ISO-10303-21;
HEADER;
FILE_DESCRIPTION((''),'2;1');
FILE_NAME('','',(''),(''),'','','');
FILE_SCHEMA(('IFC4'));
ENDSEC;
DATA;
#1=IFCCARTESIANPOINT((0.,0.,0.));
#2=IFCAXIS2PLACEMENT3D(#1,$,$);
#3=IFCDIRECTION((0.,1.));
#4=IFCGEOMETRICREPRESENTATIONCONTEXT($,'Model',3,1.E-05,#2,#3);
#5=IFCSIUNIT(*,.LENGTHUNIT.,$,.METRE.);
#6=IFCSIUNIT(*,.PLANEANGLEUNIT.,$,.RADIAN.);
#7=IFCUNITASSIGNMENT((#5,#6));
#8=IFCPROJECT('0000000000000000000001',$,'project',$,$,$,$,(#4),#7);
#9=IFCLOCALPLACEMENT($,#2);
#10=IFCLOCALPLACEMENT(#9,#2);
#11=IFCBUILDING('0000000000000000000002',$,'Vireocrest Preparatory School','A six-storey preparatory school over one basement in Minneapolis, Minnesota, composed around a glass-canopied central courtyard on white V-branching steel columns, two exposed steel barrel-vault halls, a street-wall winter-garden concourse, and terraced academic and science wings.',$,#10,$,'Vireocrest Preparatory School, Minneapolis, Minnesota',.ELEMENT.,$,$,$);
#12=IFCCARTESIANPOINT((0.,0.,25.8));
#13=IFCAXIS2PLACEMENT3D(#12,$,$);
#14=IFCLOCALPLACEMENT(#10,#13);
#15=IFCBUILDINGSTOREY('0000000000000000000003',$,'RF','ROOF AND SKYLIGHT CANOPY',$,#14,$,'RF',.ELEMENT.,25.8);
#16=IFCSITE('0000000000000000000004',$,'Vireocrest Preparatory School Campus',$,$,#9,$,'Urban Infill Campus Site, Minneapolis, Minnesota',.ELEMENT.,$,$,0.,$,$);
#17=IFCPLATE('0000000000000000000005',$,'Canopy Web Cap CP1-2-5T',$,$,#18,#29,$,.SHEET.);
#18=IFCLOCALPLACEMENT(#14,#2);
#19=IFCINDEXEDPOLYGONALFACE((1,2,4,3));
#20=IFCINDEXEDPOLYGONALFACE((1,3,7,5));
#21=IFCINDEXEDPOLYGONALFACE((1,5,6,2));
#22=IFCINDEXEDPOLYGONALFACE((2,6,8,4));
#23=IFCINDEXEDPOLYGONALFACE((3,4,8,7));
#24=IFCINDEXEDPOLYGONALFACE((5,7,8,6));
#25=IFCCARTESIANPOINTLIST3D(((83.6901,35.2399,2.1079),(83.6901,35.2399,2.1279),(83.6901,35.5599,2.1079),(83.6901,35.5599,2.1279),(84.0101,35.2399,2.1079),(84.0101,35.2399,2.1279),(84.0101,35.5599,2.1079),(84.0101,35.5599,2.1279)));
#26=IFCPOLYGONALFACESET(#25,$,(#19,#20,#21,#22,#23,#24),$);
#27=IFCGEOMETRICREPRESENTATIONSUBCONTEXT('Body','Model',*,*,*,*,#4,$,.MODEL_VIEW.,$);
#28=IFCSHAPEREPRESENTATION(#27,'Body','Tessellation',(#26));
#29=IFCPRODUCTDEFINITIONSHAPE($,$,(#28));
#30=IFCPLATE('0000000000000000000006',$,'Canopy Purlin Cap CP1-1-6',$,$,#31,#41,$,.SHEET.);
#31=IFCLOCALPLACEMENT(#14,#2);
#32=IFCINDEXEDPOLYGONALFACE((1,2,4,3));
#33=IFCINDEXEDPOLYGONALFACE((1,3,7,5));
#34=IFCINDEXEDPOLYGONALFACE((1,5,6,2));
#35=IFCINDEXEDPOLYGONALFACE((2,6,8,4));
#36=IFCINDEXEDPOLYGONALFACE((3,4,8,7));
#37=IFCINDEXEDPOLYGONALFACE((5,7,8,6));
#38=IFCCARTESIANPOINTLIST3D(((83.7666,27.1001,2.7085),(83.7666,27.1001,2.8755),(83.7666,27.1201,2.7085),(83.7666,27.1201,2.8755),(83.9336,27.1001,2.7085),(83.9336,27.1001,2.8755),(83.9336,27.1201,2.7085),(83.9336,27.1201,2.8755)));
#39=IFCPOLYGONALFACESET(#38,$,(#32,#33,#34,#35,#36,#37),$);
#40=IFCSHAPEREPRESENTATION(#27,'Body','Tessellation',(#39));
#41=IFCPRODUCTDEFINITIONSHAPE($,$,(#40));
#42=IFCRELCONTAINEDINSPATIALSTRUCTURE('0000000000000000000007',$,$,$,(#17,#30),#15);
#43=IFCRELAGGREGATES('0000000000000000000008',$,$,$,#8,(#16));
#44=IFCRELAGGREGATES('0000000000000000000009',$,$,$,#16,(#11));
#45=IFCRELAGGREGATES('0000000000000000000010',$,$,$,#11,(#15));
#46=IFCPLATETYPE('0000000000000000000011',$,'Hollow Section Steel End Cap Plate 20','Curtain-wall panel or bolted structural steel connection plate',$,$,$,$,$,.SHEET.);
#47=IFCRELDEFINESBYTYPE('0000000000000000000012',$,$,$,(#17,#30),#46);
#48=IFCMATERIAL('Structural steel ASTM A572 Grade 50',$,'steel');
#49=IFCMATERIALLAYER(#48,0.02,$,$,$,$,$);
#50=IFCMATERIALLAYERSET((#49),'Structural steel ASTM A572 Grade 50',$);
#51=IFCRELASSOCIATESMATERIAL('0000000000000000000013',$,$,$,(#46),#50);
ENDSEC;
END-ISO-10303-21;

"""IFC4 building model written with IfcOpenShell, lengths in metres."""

from ifc_helpers import new_model, si_unit, direction, frame, origin, origin_2d, place, context, subcontext, project, spatial, rectangle, extrude, material, layer, layer_set, type_object, element, save


model = new_model("IFC4")

# Units and contexts
model_context = context("Model", 3, precision=1e-05, world=origin(), true_north=direction((0.0, 1.0)))
body_context = subcontext(model_context, "Body", "Model", "MODEL_VIEW")
ifc_project = project(units=[si_unit("LENGTHUNIT", "METRE"), si_unit("PLANEANGLEUNIT", "RADIAN")], contexts=[model_context])

# Site, building, storey
site_placement = place(None, origin())
site = spatial("IfcSite", under=ifc_project, at=site_placement, Name="Vireocrest Preparatory School Campus", LongName="Urban Infill Campus Site, Minneapolis, Minnesota", CompositionType="ELEMENT", RefElevation=0.0)
building_placement = place(site_placement, origin())
building = spatial("IfcBuilding", under=site, at=building_placement, Name="Vireocrest Preparatory School", Description="A six-storey preparatory school over one basement in Minneapolis, Minnesota, composed around a glass-canopied central courtyard on white V-branching steel columns, two exposed steel barrel-vault halls, a street-wall winter-garden concourse, and terraced academic and science wings.", LongName="Vireocrest Preparatory School, Minneapolis, Minnesota", CompositionType="ELEMENT")
storey_placement = place(building_placement, frame((0.0, 0.0, 25.8)))
storey = spatial("IfcBuildingStorey", under=building, at=storey_placement, Name="RF", Description="ROOF AND SKYLIGHT CANOPY", LongName="RF", CompositionType="ELEMENT", Elevation=25.8)

# Plates
ifc_material_1 = material(Name="Structural steel ASTM A572 Grade 50", Category="steel")
ifc_layer_1 = layer(ifc_material_1, 0.02)
ifc_layer_set_1 = layer_set([ifc_layer_1], Name="Structural steel ASTM A572 Grade 50")
plate_type = type_object("IfcPlateType", Name="Hollow Section Steel End Cap Plate 20", Description="Curtain-wall panel or bolted structural steel connection plate", PredefinedType="SHEET", material=ifc_layer_set_1)
for number, where, z_axis, x_axis, name in (
    (1, (83.8501, 35.3999, 2.1079), (0.0, 0.0, 1.0), (1.0, 0.0, 0.0), "Canopy Web Cap CP1-2-5T"),
):
    element("IfcPlate", number, at=place(storey_placement, frame(where, z_axis=z_axis, x_axis=x_axis)), inside=storey, type_object=plate_type, Name=name, PredefinedType="SHEET", context=body_context, shape_type="SweptSolid", body=[
        extrude(rectangle(XDim=0.3201, YDim=0.3201, at=origin_2d()), origin(), (0.0, 0.0, 1.0), 0.02),
    ])
plate_placement = place(storey_placement, frame((83.8501, 27.1101, 2.7085), z_axis=(0.0, 0.0, 1.0), x_axis=(1.0, 0.0, 0.0)))
element("IfcPlate", 2, at=plate_placement, inside=storey, type_object=plate_type, Name="Canopy Purlin Cap CP1-1-6", PredefinedType="SHEET", context=body_context, shape_type="SweptSolid", body=[
    extrude(rectangle(XDim=0.167, YDim=0.02, at=origin_2d()), origin(), (0.0, 0.0, 1.0), 0.167),
])

save(model, "model.ifc")
